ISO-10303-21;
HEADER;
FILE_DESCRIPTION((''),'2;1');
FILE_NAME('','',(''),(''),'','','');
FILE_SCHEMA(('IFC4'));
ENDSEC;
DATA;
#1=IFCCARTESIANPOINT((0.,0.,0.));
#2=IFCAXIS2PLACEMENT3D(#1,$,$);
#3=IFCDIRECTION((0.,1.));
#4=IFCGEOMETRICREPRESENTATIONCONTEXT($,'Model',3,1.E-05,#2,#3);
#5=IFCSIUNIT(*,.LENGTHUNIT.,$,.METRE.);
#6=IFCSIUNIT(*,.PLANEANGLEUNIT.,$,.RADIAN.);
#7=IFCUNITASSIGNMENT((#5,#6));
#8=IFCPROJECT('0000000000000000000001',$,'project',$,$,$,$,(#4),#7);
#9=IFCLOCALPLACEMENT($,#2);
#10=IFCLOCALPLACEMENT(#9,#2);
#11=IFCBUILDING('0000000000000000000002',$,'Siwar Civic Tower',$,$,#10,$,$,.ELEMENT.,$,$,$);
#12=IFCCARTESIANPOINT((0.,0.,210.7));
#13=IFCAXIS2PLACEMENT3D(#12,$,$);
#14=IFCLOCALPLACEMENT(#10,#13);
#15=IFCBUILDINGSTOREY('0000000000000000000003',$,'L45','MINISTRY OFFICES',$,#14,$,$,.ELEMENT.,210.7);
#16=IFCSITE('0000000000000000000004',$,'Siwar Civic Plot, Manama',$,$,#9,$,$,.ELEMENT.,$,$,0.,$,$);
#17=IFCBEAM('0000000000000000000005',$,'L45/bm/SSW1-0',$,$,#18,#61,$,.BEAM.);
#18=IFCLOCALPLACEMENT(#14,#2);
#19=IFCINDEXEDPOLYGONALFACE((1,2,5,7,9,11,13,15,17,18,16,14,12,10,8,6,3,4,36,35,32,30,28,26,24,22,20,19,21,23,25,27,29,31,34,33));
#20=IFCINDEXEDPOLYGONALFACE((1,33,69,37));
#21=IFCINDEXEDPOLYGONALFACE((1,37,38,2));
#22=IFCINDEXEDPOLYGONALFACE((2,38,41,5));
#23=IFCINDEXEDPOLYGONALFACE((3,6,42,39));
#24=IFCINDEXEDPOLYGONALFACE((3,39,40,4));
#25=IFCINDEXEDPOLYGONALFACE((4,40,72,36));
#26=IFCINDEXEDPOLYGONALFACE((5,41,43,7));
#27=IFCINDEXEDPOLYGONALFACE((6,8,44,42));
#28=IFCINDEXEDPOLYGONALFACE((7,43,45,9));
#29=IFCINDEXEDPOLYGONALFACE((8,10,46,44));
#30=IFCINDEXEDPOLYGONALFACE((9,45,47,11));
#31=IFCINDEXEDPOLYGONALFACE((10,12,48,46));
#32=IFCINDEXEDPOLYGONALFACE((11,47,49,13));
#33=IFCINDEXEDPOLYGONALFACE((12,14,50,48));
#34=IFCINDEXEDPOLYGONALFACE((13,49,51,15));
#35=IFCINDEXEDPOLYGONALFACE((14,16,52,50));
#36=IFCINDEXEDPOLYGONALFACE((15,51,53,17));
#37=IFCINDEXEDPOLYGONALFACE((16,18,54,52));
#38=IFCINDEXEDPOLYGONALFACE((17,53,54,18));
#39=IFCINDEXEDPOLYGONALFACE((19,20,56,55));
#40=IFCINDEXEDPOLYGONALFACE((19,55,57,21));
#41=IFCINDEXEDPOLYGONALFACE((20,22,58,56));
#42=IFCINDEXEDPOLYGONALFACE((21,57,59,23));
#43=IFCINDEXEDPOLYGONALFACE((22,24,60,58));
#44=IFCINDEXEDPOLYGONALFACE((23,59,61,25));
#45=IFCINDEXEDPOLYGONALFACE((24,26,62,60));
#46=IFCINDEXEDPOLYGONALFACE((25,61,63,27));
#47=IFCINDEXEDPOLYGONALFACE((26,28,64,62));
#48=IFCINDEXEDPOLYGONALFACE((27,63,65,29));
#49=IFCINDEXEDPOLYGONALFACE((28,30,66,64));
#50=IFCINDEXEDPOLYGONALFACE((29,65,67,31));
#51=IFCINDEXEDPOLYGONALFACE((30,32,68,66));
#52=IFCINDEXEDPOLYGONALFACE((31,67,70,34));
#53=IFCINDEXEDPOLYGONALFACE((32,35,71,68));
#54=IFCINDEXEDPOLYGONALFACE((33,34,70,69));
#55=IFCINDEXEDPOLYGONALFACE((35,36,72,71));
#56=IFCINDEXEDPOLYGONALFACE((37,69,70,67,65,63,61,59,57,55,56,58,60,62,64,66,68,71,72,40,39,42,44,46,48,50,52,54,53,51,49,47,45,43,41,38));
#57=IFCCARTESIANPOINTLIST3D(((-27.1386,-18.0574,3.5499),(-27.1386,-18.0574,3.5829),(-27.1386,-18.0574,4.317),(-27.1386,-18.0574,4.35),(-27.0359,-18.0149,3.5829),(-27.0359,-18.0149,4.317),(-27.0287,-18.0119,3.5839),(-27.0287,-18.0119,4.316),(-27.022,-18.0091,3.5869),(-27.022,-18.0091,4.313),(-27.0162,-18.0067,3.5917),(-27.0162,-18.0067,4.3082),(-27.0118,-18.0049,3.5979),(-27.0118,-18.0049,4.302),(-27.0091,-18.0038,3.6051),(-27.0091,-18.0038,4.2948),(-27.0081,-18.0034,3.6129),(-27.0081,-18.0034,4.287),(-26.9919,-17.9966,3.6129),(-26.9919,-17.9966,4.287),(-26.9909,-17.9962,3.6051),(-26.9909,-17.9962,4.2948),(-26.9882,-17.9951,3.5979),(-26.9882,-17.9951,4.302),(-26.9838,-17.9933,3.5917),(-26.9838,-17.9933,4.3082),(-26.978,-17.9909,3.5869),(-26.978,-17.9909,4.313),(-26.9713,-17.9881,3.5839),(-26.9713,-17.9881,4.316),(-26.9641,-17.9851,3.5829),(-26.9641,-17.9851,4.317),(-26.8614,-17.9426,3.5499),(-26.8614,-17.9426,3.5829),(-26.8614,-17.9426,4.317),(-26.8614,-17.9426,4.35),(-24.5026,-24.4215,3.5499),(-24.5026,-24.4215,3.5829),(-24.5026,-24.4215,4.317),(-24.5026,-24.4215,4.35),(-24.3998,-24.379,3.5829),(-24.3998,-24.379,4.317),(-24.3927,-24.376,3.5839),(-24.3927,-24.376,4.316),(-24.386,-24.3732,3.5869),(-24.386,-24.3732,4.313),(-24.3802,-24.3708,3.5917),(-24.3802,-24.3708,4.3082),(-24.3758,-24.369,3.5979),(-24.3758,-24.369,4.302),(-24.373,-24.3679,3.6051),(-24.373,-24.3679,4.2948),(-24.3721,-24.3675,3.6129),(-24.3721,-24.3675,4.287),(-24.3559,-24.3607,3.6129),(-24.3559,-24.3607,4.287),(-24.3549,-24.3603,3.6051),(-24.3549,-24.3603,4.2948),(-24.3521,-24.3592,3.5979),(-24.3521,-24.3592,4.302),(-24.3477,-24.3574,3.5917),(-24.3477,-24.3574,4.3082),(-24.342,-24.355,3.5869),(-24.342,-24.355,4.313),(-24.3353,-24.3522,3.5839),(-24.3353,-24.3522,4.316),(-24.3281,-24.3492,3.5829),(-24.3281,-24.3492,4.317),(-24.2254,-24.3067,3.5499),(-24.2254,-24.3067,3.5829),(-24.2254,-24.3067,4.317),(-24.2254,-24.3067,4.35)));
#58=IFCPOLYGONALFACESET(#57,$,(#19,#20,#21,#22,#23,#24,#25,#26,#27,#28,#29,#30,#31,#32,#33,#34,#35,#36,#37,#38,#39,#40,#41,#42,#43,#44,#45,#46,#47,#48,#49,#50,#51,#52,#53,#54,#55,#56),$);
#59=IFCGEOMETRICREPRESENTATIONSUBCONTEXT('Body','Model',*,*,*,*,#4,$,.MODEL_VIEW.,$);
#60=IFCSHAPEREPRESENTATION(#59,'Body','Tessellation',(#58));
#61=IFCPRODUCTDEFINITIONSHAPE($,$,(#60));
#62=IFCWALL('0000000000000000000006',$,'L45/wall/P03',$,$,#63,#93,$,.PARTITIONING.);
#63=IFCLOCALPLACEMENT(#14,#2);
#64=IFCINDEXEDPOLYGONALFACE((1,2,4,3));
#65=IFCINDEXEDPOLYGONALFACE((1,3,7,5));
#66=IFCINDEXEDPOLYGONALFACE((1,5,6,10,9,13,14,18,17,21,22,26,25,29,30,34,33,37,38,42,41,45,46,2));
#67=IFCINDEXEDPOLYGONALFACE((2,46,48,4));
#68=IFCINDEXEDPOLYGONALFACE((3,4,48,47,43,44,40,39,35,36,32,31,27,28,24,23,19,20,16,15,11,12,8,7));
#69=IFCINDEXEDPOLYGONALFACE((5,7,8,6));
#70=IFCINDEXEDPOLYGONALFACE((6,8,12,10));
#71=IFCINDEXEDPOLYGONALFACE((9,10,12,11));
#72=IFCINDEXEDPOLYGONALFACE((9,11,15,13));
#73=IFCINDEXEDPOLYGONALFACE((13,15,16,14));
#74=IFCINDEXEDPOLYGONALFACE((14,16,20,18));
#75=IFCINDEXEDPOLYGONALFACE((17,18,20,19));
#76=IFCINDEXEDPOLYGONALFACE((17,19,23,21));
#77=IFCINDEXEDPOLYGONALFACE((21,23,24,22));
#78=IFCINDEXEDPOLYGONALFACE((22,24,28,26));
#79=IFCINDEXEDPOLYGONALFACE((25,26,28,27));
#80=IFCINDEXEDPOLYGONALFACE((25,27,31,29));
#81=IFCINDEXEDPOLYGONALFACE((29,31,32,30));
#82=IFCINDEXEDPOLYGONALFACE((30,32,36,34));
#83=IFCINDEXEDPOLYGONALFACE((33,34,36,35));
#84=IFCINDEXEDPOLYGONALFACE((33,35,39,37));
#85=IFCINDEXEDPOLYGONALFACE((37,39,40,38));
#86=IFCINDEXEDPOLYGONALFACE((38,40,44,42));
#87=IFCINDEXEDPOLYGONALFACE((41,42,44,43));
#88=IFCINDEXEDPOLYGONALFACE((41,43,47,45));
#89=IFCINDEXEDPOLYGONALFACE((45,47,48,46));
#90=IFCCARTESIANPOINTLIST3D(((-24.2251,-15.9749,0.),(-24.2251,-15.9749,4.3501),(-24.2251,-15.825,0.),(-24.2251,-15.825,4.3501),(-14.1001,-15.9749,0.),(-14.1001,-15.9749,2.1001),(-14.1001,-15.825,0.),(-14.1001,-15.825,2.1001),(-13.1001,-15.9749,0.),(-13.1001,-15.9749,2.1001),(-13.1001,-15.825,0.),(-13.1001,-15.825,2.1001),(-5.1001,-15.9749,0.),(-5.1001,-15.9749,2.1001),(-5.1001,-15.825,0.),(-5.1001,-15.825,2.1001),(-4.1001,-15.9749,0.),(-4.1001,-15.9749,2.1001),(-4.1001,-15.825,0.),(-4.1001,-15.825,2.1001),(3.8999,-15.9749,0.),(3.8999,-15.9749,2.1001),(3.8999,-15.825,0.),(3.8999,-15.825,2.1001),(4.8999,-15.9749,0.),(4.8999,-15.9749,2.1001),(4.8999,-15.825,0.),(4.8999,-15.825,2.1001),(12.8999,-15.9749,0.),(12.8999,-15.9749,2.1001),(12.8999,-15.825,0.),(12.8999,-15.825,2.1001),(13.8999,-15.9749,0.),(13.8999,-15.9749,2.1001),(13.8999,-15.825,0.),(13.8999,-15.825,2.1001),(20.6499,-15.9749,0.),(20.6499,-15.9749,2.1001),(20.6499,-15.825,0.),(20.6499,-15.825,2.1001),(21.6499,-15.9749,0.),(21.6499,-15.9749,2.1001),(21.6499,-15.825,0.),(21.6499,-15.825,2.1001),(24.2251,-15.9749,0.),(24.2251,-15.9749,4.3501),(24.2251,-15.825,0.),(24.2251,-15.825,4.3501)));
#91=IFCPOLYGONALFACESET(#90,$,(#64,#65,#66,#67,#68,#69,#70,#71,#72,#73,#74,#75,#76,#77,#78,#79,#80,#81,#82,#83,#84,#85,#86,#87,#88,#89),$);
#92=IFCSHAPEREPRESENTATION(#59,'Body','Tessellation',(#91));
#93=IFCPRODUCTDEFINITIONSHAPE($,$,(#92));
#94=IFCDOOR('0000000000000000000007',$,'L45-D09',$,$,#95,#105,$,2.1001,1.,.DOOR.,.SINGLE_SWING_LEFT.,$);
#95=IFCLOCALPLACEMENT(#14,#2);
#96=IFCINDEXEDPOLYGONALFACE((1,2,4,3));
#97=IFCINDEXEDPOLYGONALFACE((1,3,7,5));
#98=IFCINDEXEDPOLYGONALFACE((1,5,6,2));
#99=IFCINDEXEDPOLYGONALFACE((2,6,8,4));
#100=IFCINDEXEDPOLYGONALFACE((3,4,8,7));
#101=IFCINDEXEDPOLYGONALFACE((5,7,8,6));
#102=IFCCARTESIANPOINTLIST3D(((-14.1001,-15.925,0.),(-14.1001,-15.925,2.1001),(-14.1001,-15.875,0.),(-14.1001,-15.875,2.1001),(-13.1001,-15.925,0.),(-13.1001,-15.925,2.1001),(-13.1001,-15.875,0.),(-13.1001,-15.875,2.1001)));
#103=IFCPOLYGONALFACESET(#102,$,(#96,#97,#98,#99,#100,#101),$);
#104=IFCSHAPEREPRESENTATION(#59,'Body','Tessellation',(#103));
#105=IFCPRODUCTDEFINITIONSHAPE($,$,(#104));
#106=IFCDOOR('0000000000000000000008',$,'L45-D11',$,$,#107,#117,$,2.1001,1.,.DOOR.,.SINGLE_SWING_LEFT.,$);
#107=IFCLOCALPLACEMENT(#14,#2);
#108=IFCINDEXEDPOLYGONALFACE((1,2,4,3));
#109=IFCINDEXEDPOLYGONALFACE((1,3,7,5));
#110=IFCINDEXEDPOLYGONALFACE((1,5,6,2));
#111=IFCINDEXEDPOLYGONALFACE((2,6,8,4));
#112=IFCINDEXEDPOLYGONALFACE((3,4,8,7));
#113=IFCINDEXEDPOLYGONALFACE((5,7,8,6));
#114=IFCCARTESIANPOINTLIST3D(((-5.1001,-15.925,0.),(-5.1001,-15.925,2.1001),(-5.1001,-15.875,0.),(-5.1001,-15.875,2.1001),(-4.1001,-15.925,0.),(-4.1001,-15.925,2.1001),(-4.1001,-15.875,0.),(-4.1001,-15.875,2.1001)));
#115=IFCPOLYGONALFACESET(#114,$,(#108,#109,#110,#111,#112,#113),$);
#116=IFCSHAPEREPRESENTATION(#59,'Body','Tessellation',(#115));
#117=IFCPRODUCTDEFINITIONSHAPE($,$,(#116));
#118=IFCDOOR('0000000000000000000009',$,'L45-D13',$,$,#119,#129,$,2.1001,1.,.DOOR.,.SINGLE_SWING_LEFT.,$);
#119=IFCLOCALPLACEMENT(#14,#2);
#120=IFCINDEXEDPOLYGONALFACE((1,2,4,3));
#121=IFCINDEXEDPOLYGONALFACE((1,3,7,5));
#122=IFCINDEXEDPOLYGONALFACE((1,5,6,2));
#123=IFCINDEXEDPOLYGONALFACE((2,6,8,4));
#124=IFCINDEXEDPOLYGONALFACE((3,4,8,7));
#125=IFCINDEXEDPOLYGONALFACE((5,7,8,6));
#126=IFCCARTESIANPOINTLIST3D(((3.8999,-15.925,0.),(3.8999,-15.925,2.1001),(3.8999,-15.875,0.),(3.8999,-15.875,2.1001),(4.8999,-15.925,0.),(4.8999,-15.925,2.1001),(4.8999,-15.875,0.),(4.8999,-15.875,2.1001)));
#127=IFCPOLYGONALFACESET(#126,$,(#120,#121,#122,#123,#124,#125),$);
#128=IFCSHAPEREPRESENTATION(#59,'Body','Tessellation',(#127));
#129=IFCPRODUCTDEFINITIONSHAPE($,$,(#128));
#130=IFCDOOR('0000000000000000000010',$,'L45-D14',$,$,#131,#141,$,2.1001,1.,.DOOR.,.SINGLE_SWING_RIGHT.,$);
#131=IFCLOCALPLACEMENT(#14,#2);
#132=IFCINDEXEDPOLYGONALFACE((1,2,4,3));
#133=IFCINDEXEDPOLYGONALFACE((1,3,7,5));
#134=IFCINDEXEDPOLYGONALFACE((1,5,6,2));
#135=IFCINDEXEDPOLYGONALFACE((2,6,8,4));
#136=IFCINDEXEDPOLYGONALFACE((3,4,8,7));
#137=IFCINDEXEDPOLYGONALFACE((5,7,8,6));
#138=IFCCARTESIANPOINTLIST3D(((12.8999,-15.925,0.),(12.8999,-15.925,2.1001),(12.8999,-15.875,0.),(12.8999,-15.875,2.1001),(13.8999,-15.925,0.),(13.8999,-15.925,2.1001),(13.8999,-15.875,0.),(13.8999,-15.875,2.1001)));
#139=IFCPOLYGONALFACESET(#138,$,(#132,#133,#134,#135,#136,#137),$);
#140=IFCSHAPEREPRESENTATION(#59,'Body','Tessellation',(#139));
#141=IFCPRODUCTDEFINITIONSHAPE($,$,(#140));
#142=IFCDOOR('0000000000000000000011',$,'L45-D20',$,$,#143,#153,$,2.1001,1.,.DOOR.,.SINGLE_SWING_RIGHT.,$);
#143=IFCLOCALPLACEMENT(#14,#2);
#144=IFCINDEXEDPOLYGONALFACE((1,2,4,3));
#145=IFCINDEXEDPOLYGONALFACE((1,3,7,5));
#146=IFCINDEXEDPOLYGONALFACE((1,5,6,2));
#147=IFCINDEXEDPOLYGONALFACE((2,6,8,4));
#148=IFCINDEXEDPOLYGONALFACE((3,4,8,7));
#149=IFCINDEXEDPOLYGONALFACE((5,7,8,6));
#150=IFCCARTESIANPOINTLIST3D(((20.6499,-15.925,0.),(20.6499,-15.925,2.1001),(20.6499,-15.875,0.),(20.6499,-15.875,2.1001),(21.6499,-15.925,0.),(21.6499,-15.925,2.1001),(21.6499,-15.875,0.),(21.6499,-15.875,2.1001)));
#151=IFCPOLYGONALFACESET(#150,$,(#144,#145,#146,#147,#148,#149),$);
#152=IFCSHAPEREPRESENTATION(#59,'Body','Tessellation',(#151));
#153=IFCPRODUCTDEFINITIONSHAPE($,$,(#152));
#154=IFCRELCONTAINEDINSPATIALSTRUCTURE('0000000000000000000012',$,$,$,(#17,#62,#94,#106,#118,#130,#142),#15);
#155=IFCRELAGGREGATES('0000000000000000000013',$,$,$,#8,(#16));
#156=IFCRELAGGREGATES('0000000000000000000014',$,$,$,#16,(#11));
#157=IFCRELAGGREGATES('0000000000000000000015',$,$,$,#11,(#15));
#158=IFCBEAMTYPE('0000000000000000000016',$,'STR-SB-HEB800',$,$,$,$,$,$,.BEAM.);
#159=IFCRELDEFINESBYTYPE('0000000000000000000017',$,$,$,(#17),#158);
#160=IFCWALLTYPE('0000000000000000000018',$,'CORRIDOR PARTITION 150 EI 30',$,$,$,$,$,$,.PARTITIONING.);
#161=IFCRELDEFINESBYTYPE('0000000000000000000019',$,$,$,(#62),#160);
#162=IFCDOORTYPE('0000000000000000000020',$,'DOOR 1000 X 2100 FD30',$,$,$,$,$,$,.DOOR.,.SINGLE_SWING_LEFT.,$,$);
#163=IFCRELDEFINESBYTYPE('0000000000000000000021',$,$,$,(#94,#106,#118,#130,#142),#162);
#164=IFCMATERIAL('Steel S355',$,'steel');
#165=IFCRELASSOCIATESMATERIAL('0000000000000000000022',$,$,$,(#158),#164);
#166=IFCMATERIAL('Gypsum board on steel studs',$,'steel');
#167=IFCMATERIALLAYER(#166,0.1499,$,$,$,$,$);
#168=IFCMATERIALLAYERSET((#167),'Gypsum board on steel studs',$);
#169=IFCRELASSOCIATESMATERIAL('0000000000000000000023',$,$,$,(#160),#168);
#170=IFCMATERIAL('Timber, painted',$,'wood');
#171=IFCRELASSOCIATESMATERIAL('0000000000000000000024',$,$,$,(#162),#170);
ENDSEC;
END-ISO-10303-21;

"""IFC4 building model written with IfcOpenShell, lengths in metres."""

from ifc_helpers import new_model, si_unit, direction, frame, frame_2d, origin, origin_2d, place, context, subcontext, project, spatial, rectangle, i_section, extrude, material, layer, layer_set, material_profile, profile_set, type_object, element, fill, save


model = new_model("IFC4")

# Units and contexts
model_context = context("Model", 3, precision=1e-05, world=origin(), true_north=direction((0.0, 1.0)))
body_context = subcontext(model_context, "Body", "Model", "MODEL_VIEW")
ifc_project = project(units=[si_unit("LENGTHUNIT", "METRE"), si_unit("PLANEANGLEUNIT", "RADIAN")], contexts=[model_context])

# Site, building, storey
site_placement = place(None, origin())
site = spatial("IfcSite", under=ifc_project, at=site_placement, Name="Siwar Civic Plot, Manama", CompositionType="ELEMENT", RefElevation=0.0)
building_placement = place(site_placement, origin())
building = spatial("IfcBuilding", under=site, at=building_placement, Name="Siwar Civic Tower", CompositionType="ELEMENT")
storey_placement = place(building_placement, frame((0.0, 0.0, 210.7)))
storey = spatial("IfcBuildingStorey", under=building, at=storey_placement, Name="L45", Description="MINISTRY OFFICES", CompositionType="ELEMENT", Elevation=210.7)

# Beam
ifc_material_1 = material(Name="Steel S355", Category="steel")
ifc_material_profile_1 = material_profile(ifc_material_1, i_section(OverallWidth=0.3, OverallDepth=0.8, WebThickness=0.0176, FlangeThickness=0.033, FilletRadius=0.03, at=origin_2d()), Name="HEB800")
ifc_profile_set_1 = profile_set([ifc_material_profile_1], Name="Steel S355")
beam_type_1 = type_object("IfcBeamType", Name="STR-SB-HEB800", PredefinedType="BEAM", material=ifc_profile_set_1)
beam_1_placement = place(storey_placement, frame((-27.0, -18.0, 3.95), z_axis=(0.382674, -0.923883, 0.0), x_axis=(0.923883, 0.382674, 0.0)))
element("IfcBeam", 1, at=beam_1_placement, inside=storey, type_object=beam_type_1, Name="L45/bm/SSW1-0", PredefinedType="BEAM", context=body_context, shape_type="SweptSolid", body=[
    extrude(i_section(OverallWidth=0.3, OverallDepth=0.8, WebThickness=0.0176, FlangeThickness=0.033, FilletRadius=0.03, at=origin_2d()), origin(), (0.0, 0.0, 1.0), 6.8884),
])

# Wall, openings, doors
ifc_material_2 = material(Name="Gypsum board on steel studs", Category="steel")
ifc_layer_1 = layer(ifc_material_2, 0.1499)
ifc_layer_set_1 = layer_set([ifc_layer_1], Name="Gypsum board on steel studs")
wall_type_1 = type_object("IfcWallType", Name="CORRIDOR PARTITION 150 EI 30", PredefinedType="PARTITIONING", material=ifc_layer_set_1)
wall_1_placement = place(storey_placement, frame((-24.2251, -15.8999, 0.0), z_axis=(0.0, 0.0, 1.0), x_axis=(1.0, 0.0, 0.0)))
wall_1 = element("IfcWall", 2, at=wall_1_placement, inside=storey, type_object=wall_type_1, Name="L45/wall/P03", PredefinedType="PARTITIONING", context=body_context, shape_type="SweptSolid", body=[
    extrude(rectangle(XDim=48.4502, YDim=0.1499, at=frame_2d((24.2251, 0.0))), origin(), (0.0, 0.0, 1.0), 4.3501),
])
opening_1_placement = place(wall_1_placement, frame((10.125, 0.0, 0.0)))
opening_1 = element("IfcOpeningElement", 3, at=opening_1_placement, cuts=wall_1, PredefinedType="OPENING", context=body_context, shape_type="SweptSolid", body=[
    extrude(rectangle(XDim=1.0, YDim=2.1001, at=frame_2d((0.5, 1.05))), frame((0.0, 0.085, 0.0), z_axis=(0.0, -1.0, 0.0), x_axis=(1.0, 0.0, 0.0)), (0.0, 0.0, 1.0), 0.1699),
])
opening_2_placement = place(wall_1_placement, frame((19.125, 0.0, 0.0)))
opening_2 = element("IfcOpeningElement", 4, at=opening_2_placement, cuts=wall_1, PredefinedType="OPENING", context=body_context, shape_type="SweptSolid", body=[
    extrude(rectangle(XDim=1.0, YDim=2.1001, at=frame_2d((0.5, 1.05))), frame((0.0, 0.085, 0.0), z_axis=(0.0, -1.0, 0.0), x_axis=(1.0, 0.0, 0.0)), (0.0, 0.0, 1.0), 0.1699),
])
opening_3_placement = place(wall_1_placement, frame((28.125, 0.0, 0.0)))
opening_3 = element("IfcOpeningElement", 5, at=opening_3_placement, cuts=wall_1, PredefinedType="OPENING", context=body_context, shape_type="SweptSolid", body=[
    extrude(rectangle(XDim=1.0, YDim=2.1001, at=frame_2d((0.5, 1.05))), frame((0.0, 0.085, 0.0), z_axis=(0.0, -1.0, 0.0), x_axis=(1.0, 0.0, 0.0)), (0.0, 0.0, 1.0), 0.1699),
])
opening_4_placement = place(wall_1_placement, frame((37.125, 0.0, 0.0)))
opening_4 = element("IfcOpeningElement", 6, at=opening_4_placement, cuts=wall_1, PredefinedType="OPENING", context=body_context, shape_type="SweptSolid", body=[
    extrude(rectangle(XDim=1.0, YDim=2.1001, at=frame_2d((0.5, 1.05))), frame((0.0, 0.085, 0.0), z_axis=(0.0, -1.0, 0.0), x_axis=(1.0, 0.0, 0.0)), (0.0, 0.0, 1.0), 0.1699),
])
opening_5_placement = place(wall_1_placement, frame((44.875, 0.0, 0.0)))
opening_5 = element("IfcOpeningElement", 7, at=opening_5_placement, cuts=wall_1, PredefinedType="OPENING", context=body_context, shape_type="SweptSolid", body=[
    extrude(rectangle(XDim=1.0, YDim=2.1001, at=frame_2d((0.5, 1.05))), frame((0.0, 0.085, 0.0), z_axis=(0.0, -1.0, 0.0), x_axis=(1.0, 0.0, 0.0)), (0.0, 0.0, 1.0), 0.1699),
])
ifc_material_3 = material(Name="Timber, painted", Category="wood")
door_type_1 = type_object("IfcDoorType", Name="DOOR 1000 X 2100 FD30", OperationType="SINGLE_SWING_LEFT", PredefinedType="DOOR", material=ifc_material_3)
door_1_placement = place(opening_1_placement, origin())
door_1 = element("IfcDoor", 8, at=door_1_placement, inside=storey, type_object=door_type_1, Name="L45-D09", OperationType="SINGLE_SWING_LEFT", OverallHeight=2.1001, OverallWidth=1.0, PredefinedType="DOOR", context=body_context, shape_type="SweptSolid", body=[
    extrude(rectangle(XDim=1.0, YDim=2.1001, at=frame_2d((0.5, 1.05))), frame((0.0, 0.0249, 0.0), z_axis=(0.0, -1.0, 0.0), x_axis=(1.0, 0.0, 0.0)), (0.0, 0.0, 1.0), 0.05),
])
fill(opening_1, door_1)
door_2_placement = place(opening_2_placement, origin())
door_2 = element("IfcDoor", 9, at=door_2_placement, inside=storey, type_object=door_type_1, Name="L45-D11", OperationType="SINGLE_SWING_LEFT", OverallHeight=2.1001, OverallWidth=1.0, PredefinedType="DOOR", context=body_context, shape_type="SweptSolid", body=[
    extrude(rectangle(XDim=1.0, YDim=2.1001, at=frame_2d((0.5, 1.05))), frame((0.0, 0.0249, 0.0), z_axis=(0.0, -1.0, 0.0), x_axis=(1.0, 0.0, 0.0)), (0.0, 0.0, 1.0), 0.05),
])
fill(opening_2, door_2)
door_3_placement = place(opening_3_placement, origin())
door_3 = element("IfcDoor", 10, at=door_3_placement, inside=storey, type_object=door_type_1, Name="L45-D13", OperationType="SINGLE_SWING_LEFT", OverallHeight=2.1001, OverallWidth=1.0, PredefinedType="DOOR", context=body_context, shape_type="SweptSolid", body=[
    extrude(rectangle(XDim=1.0, YDim=2.1001, at=frame_2d((0.5, 1.05))), frame((0.0, 0.0249, 0.0), z_axis=(0.0, -1.0, 0.0), x_axis=(1.0, 0.0, 0.0)), (0.0, 0.0, 1.0), 0.05),
])
fill(opening_3, door_3)
door_4_placement = place(opening_4_placement, origin())
door_4 = element("IfcDoor", 11, at=door_4_placement, inside=storey, type_object=door_type_1, Name="L45-D14", OperationType="SINGLE_SWING_RIGHT", OverallHeight=2.1001, OverallWidth=1.0, PredefinedType="DOOR", context=body_context, shape_type="SweptSolid", body=[
    extrude(rectangle(XDim=1.0, YDim=2.1001, at=frame_2d((0.5, 1.05))), frame((0.0, 0.0249, 0.0), z_axis=(0.0, -1.0, 0.0), x_axis=(1.0, 0.0, 0.0)), (0.0, 0.0, 1.0), 0.05),
])
fill(opening_4, door_4)
door_5_placement = place(opening_5_placement, origin())
door_5 = element("IfcDoor", 12, at=door_5_placement, inside=storey, type_object=door_type_1, Name="L45-D20", OperationType="SINGLE_SWING_RIGHT", OverallHeight=2.1001, OverallWidth=1.0, PredefinedType="DOOR", context=body_context, shape_type="SweptSolid", body=[
    extrude(rectangle(XDim=1.0, YDim=2.1001, at=frame_2d((0.5, 1.05))), frame((0.0, 0.0249, 0.0), z_axis=(0.0, -1.0, 0.0), x_axis=(1.0, 0.0, 0.0)), (0.0, 0.0, 1.0), 0.05),
])
fill(opening_5, door_5)

save(model, "model.ifc")
